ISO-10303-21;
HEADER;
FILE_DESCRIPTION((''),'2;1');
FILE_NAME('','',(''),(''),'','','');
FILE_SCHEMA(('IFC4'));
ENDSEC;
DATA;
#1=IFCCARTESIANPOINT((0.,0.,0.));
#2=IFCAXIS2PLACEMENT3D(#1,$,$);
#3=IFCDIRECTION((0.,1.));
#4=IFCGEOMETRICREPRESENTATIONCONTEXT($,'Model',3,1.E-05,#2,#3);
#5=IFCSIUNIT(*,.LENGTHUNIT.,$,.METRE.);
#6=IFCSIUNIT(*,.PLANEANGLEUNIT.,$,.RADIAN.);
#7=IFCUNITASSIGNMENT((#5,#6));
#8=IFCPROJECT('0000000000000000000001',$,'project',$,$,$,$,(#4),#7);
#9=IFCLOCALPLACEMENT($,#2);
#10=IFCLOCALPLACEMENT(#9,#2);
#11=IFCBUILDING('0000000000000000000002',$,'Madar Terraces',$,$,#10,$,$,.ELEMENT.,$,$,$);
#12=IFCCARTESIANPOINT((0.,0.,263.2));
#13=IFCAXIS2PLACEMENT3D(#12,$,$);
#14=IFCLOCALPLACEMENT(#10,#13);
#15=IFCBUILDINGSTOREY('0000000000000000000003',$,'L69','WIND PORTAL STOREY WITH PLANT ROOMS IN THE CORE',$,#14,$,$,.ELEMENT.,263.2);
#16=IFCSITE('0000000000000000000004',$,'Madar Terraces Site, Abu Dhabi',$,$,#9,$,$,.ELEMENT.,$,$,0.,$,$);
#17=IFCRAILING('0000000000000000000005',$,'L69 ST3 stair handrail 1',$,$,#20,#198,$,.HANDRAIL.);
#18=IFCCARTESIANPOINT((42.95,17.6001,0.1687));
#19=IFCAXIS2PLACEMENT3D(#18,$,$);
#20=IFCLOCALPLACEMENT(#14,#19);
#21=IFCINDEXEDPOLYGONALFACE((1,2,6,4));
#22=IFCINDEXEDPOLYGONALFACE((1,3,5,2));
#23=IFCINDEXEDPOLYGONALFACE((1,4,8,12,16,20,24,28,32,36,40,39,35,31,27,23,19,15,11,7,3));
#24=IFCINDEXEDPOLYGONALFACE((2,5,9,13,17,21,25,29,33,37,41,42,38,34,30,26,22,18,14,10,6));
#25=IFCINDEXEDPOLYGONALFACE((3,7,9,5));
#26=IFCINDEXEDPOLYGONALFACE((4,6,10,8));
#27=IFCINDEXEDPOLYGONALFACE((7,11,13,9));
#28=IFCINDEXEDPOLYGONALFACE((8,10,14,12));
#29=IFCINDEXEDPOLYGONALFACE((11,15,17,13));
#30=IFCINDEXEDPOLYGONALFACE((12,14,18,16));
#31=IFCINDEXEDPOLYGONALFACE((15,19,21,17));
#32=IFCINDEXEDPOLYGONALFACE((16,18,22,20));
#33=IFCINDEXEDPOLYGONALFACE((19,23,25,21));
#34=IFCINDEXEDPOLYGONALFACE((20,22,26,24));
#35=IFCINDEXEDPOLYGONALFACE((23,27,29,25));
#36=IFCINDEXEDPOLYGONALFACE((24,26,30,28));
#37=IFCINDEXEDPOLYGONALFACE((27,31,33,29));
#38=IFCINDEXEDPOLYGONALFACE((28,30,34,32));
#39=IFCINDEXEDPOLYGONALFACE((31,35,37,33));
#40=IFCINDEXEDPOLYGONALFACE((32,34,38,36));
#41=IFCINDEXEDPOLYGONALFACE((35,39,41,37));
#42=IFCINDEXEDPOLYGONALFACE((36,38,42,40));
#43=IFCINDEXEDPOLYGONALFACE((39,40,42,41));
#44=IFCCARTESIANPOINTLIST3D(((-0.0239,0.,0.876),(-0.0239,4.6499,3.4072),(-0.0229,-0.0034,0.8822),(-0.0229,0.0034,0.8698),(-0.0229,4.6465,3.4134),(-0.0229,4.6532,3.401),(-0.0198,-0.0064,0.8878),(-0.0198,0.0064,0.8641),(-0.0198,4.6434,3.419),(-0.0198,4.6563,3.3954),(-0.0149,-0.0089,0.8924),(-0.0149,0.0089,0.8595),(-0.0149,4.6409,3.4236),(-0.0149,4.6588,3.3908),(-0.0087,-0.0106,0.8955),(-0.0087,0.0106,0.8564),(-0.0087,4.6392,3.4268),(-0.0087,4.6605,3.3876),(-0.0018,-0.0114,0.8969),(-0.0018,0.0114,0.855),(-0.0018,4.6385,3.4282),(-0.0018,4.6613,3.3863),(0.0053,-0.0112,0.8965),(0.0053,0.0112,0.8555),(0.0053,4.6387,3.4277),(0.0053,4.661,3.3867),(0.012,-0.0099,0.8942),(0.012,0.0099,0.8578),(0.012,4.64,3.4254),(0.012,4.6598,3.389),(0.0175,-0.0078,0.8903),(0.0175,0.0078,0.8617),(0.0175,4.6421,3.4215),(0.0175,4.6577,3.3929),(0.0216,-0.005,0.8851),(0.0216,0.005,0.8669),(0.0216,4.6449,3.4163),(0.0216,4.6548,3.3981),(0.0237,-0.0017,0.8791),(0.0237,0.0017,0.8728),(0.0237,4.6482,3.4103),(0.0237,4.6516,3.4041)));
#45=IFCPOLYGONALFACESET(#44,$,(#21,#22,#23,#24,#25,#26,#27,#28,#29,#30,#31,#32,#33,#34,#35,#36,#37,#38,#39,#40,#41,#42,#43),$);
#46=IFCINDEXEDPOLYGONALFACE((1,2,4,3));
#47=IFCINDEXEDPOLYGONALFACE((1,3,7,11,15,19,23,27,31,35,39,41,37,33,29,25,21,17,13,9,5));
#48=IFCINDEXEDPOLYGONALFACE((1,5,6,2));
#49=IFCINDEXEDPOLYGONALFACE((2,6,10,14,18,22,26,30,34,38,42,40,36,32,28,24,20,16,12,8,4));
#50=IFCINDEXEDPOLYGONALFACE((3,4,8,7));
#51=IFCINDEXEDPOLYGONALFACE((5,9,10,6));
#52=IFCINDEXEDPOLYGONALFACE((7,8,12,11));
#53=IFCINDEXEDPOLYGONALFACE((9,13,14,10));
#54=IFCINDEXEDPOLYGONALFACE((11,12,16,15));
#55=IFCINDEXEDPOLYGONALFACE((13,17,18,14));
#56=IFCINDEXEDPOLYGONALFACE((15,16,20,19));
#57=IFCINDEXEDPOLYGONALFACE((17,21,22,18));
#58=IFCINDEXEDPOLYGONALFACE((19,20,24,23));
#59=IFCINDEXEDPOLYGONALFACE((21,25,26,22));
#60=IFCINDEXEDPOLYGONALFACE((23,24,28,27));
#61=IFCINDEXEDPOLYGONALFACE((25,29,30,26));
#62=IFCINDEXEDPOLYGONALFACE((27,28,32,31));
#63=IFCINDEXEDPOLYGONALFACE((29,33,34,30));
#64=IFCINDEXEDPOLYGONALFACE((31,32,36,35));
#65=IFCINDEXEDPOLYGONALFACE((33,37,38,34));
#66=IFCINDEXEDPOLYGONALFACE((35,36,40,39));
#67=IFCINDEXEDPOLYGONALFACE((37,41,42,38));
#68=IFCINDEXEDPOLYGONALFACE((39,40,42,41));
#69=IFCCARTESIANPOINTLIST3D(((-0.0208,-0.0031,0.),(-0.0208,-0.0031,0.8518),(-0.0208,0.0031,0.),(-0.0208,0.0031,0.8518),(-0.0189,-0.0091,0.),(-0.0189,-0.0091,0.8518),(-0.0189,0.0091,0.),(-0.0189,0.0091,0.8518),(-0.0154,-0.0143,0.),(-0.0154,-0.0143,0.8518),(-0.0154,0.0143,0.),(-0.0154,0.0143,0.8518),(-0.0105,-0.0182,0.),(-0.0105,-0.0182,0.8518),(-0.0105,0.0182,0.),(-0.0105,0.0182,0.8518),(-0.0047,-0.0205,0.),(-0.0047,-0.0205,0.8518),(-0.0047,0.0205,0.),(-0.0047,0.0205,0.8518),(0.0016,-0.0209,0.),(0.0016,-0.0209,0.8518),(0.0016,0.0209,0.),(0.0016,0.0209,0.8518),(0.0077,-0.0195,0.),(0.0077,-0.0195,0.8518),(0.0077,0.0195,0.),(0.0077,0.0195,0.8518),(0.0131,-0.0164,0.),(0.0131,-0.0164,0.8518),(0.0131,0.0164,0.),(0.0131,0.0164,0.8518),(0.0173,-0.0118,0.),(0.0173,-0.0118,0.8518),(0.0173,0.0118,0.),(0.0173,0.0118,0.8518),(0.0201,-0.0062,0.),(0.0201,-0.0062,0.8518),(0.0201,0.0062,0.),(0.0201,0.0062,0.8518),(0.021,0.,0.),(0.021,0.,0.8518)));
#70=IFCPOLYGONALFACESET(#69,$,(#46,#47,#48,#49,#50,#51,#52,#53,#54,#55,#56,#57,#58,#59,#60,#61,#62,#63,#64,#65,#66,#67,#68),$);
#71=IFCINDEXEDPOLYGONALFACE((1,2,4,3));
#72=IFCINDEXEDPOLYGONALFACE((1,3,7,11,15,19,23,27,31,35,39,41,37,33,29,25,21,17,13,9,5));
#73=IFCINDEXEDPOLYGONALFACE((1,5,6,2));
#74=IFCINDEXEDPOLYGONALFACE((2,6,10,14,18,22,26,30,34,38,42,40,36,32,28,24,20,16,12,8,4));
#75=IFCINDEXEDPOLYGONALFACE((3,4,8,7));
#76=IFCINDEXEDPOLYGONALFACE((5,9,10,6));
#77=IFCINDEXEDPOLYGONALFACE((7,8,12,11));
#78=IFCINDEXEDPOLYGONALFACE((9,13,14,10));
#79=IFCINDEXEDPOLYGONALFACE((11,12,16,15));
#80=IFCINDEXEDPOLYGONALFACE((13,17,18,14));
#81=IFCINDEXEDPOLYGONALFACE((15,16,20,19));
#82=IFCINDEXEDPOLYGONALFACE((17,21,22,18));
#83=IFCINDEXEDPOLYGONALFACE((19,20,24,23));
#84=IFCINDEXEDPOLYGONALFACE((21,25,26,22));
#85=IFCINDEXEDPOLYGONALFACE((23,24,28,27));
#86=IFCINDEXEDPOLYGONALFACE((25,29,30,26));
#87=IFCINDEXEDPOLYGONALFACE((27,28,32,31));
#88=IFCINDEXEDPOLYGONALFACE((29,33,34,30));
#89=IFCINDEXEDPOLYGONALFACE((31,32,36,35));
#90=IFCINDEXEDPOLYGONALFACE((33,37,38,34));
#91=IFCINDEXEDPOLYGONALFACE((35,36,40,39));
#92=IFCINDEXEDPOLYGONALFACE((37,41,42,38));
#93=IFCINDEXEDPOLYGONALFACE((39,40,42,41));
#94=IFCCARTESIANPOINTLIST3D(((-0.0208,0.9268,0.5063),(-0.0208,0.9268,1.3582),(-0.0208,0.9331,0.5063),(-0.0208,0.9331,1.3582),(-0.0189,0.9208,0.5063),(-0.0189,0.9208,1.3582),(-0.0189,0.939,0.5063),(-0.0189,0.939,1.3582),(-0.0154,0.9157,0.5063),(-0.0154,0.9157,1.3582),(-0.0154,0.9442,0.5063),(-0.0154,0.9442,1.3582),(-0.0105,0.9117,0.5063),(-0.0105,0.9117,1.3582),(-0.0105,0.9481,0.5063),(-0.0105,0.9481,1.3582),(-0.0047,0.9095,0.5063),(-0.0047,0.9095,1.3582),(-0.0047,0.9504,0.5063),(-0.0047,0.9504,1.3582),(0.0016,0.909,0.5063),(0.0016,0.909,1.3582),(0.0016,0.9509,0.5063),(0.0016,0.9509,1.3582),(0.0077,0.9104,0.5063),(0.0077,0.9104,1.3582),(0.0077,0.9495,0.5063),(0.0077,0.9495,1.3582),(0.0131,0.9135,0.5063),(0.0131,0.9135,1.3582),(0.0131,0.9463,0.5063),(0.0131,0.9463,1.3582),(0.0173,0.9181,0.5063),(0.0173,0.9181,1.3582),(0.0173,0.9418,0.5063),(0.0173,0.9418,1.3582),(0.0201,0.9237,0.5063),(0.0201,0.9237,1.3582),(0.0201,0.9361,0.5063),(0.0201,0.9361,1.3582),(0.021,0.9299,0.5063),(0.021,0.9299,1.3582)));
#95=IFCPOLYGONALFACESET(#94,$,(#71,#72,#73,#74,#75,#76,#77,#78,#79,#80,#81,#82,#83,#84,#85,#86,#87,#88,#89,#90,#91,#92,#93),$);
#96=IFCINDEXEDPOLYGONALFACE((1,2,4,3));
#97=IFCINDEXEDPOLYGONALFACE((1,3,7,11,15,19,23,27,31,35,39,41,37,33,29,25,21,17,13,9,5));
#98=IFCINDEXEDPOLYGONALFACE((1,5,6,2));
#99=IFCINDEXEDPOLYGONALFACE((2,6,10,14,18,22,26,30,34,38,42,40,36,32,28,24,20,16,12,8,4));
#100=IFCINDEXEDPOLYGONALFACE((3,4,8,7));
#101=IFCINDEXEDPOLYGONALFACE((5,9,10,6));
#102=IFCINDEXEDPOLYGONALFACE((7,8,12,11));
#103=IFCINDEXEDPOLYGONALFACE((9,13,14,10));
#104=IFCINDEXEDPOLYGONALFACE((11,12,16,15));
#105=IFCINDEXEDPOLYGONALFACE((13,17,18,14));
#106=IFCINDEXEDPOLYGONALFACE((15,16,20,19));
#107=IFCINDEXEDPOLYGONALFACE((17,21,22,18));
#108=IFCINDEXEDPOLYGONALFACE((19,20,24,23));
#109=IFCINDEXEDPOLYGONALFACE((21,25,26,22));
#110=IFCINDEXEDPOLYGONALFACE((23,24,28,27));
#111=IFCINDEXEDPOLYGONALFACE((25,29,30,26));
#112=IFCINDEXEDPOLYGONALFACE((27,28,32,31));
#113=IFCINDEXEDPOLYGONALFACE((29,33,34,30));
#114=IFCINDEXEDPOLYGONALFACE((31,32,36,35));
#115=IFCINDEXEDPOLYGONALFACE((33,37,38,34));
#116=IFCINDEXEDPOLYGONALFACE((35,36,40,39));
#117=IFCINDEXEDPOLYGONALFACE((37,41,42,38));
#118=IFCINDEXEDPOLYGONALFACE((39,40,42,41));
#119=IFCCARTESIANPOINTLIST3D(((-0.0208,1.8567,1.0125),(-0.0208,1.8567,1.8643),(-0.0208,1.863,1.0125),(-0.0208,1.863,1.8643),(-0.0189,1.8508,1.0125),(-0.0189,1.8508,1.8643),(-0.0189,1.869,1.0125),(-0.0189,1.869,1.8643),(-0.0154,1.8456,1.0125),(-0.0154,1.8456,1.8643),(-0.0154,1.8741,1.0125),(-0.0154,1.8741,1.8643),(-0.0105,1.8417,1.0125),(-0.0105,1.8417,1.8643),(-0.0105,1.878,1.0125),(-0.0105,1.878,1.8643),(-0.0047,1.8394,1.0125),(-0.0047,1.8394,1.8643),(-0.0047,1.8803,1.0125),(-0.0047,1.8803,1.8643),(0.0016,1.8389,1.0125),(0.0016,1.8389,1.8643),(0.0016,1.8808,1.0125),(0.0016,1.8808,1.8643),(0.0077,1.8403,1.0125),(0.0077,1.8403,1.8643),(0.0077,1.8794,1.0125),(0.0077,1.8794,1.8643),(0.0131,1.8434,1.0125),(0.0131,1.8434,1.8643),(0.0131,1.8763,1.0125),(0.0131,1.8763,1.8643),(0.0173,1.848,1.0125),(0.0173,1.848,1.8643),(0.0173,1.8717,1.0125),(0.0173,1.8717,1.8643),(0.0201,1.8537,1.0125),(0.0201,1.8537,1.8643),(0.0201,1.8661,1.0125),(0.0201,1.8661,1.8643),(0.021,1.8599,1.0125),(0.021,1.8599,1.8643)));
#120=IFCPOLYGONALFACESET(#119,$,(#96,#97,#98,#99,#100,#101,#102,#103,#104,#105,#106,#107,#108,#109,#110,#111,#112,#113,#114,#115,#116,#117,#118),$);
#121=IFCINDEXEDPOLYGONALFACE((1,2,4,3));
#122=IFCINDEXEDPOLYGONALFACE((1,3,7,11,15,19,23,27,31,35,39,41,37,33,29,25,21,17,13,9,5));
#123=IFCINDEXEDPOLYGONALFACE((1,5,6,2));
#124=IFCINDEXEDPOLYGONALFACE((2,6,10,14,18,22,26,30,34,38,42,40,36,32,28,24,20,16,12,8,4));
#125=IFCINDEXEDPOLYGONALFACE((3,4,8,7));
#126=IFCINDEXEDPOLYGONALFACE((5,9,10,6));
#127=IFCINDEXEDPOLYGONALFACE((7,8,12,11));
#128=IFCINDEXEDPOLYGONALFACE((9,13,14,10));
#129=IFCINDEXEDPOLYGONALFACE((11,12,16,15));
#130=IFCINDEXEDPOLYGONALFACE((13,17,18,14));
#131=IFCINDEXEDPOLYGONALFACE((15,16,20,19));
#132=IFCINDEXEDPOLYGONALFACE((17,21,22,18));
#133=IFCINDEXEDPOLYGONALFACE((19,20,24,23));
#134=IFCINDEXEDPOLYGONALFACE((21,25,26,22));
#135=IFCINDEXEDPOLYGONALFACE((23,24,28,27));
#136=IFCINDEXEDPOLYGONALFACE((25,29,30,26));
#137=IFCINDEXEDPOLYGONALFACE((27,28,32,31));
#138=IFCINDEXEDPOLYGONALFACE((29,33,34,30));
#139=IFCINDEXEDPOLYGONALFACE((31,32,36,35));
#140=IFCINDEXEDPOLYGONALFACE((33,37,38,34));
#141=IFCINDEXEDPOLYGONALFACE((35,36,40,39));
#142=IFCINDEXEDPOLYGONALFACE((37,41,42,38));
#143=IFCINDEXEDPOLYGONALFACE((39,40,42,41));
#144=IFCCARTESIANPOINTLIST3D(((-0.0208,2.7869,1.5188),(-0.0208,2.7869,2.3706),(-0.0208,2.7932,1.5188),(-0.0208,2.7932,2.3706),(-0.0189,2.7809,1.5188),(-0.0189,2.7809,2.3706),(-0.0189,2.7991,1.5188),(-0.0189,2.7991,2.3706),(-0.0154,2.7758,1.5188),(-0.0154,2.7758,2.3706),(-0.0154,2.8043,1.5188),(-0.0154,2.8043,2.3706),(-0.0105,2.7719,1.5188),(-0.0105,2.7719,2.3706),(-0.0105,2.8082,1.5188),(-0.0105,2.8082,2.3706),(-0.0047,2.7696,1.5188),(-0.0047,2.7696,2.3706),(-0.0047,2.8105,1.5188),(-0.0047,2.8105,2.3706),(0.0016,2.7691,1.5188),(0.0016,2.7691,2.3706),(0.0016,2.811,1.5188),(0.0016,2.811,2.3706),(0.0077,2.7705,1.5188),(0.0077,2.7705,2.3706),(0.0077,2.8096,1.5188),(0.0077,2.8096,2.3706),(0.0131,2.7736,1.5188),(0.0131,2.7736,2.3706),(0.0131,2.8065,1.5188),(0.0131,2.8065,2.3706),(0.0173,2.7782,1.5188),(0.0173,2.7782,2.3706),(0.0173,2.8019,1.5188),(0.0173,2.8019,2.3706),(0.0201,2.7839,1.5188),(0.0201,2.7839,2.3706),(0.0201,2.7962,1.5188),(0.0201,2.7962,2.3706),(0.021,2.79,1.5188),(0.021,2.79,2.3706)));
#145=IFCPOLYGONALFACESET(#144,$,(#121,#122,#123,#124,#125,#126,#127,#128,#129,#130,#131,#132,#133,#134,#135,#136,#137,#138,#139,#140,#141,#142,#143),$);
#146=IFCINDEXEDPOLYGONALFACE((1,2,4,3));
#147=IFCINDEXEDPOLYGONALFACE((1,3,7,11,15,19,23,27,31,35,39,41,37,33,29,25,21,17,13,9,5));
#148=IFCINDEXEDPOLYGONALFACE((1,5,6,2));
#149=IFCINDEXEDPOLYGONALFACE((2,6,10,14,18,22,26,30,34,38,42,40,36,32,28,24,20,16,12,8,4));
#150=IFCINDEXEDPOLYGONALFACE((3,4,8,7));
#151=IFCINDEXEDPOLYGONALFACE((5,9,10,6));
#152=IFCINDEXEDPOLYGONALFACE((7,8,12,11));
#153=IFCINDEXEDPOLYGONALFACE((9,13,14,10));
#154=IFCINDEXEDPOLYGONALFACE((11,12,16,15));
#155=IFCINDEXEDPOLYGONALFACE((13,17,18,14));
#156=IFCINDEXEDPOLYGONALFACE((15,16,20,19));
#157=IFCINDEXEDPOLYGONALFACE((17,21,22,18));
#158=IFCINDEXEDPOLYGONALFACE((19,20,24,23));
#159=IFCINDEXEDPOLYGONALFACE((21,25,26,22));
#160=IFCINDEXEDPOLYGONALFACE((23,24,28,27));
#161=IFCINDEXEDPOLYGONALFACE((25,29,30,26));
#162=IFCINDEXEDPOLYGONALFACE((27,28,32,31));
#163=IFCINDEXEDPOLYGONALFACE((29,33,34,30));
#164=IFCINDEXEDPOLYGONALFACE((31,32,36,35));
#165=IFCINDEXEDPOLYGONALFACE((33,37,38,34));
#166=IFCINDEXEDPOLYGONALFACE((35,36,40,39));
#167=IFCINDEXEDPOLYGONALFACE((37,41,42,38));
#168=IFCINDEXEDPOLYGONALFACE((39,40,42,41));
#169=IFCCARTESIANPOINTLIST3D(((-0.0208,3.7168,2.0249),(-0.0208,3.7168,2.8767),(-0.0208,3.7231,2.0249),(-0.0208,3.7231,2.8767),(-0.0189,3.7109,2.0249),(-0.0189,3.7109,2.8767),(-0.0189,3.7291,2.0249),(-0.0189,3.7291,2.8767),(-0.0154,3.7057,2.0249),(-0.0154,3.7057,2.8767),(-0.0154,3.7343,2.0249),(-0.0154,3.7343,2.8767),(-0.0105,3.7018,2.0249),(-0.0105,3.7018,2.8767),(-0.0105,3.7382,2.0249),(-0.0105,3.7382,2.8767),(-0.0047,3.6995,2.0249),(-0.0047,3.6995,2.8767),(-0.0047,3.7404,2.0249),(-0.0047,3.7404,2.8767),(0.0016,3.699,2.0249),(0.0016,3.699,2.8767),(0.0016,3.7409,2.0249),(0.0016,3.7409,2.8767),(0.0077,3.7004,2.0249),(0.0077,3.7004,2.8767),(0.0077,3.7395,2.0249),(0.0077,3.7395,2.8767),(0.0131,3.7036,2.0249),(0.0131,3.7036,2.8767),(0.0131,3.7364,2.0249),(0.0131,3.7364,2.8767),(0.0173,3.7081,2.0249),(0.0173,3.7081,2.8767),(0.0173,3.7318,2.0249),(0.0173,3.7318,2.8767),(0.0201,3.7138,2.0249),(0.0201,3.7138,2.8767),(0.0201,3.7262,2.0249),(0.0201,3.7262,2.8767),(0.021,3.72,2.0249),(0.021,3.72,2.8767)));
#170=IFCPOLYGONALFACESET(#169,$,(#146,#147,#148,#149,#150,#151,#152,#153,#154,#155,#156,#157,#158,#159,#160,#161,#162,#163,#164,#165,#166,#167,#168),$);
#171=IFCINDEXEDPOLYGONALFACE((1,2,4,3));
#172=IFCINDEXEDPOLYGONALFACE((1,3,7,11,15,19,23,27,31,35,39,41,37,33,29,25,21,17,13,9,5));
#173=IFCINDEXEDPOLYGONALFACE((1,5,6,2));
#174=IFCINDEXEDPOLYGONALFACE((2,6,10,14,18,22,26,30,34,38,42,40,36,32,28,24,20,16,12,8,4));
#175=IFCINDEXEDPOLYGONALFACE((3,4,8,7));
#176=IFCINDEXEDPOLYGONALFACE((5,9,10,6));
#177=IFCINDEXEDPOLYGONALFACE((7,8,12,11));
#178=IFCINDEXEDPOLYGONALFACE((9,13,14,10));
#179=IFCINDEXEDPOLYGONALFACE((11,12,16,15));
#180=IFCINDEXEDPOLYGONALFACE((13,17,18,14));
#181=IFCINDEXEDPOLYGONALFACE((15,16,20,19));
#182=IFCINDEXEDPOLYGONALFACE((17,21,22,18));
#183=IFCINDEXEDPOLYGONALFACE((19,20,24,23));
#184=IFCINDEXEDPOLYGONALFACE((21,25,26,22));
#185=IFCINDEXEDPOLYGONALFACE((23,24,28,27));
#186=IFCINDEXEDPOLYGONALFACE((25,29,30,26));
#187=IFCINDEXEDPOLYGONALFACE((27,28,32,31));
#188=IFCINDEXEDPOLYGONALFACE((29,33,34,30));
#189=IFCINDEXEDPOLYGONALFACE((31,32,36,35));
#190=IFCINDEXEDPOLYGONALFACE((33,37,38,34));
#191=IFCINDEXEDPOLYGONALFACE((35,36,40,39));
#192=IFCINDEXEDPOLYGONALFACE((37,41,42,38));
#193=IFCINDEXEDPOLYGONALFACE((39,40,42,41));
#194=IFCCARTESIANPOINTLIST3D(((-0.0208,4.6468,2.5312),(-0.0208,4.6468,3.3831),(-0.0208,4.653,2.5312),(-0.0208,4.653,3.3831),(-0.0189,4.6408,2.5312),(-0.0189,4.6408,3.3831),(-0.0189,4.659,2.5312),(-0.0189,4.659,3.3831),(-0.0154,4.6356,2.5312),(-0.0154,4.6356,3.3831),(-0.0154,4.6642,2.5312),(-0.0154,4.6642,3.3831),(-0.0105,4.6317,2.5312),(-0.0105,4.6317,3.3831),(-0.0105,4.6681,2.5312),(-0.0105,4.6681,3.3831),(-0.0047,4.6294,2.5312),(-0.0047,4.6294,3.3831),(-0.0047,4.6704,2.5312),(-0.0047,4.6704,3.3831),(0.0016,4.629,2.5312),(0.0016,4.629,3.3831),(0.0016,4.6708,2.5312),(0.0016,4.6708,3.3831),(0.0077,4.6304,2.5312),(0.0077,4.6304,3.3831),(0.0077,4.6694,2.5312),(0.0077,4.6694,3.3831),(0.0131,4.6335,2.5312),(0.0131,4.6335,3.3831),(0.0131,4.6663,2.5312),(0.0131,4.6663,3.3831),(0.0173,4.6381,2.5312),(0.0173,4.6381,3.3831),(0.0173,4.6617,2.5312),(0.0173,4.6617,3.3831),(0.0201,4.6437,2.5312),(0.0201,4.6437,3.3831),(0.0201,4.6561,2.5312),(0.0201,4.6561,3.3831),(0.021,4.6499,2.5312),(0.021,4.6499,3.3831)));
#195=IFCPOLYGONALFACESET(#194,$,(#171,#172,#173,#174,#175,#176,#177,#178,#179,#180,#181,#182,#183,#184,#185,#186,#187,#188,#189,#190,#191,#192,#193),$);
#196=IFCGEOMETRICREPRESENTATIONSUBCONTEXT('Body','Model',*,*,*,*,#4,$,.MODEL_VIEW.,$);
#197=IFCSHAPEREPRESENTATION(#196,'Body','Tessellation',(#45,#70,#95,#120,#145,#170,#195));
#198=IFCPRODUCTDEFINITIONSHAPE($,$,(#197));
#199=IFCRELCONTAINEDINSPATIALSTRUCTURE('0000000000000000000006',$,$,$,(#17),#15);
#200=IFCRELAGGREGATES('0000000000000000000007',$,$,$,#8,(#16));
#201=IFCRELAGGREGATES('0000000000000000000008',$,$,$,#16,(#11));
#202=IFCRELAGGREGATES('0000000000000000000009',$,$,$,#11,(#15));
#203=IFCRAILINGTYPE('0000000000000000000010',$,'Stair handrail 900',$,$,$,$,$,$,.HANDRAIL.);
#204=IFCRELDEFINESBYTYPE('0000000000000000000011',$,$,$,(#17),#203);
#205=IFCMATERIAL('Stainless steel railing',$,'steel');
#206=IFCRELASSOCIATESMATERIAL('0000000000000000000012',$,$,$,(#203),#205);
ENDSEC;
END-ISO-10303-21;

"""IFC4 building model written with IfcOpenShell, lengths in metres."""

from ifc_helpers import new_model, si_unit, direction, frame, origin, origin_2d, place, context, subcontext, project, spatial, circle, extrude, material, type_object, element, save


model = new_model("IFC4")

# Units and contexts
model_context = context("Model", 3, precision=1e-05, world=origin(), true_north=direction((0.0, 1.0)))
body_context = subcontext(model_context, "Body", "Model", "MODEL_VIEW")
ifc_project = project(units=[si_unit("LENGTHUNIT", "METRE"), si_unit("PLANEANGLEUNIT", "RADIAN")], contexts=[model_context])

# Site, building, storey
site_placement = place(None, origin())
site = spatial("IfcSite", under=ifc_project, at=site_placement, Name="Madar Terraces Site, Abu Dhabi", CompositionType="ELEMENT", RefElevation=0.0)
building_placement = place(site_placement, origin())
building = spatial("IfcBuilding", under=site, at=building_placement, Name="Madar Terraces", CompositionType="ELEMENT")
storey_placement = place(building_placement, frame((0.0, 0.0, 263.2)))
storey = spatial("IfcBuildingStorey", under=building, at=storey_placement, Name="L69", Description="WIND PORTAL STOREY WITH PLANT ROOMS IN THE CORE", CompositionType="ELEMENT", Elevation=263.2)

# Railing
ifc_material_1 = material(Name="Stainless steel railing", Category="steel")
railing_type_1 = type_object("IfcRailingType", Name="Stair handrail 900", PredefinedType="HANDRAIL", material=ifc_material_1)
railing_1_placement = place(storey_placement, frame((42.95, 17.6001, 0.1687)))
element("IfcRailing", 1, at=railing_1_placement, inside=storey, type_object=railing_type_1, Name="L69 ST3 stair handrail 1", PredefinedType="HANDRAIL", context=body_context, shape_type="SweptSolid", body=[
    extrude(circle(Radius=0.0239, at=origin_2d()), frame((0.0, 0.0, 0.876), z_axis=(0.0, 0.878297, 0.478115), x_axis=(-1.0, 0.0, 0.0)), (0.0, 0.0, 1.0), 5.2942),
    extrude(circle(Radius=0.021, at=origin_2d()), origin(), (0.0, 0.0, 1.0), 0.8518),
    extrude(circle(Radius=0.021, at=origin_2d()), frame((0.0, 0.9299, 0.5063)), (0.0, 0.0, 1.0), 0.8518),
    extrude(circle(Radius=0.021, at=origin_2d()), frame((0.0, 1.8599, 1.0125)), (0.0, 0.0, 1.0), 0.8518),
    extrude(circle(Radius=0.021, at=origin_2d()), frame((0.0, 2.79, 1.5188)), (0.0, 0.0, 1.0), 0.8518),
    extrude(circle(Radius=0.021, at=origin_2d()), frame((0.0, 3.72, 2.0249)), (0.0, 0.0, 1.0), 0.8518),
    extrude(circle(Radius=0.021, at=origin_2d()), frame((0.0, 4.6499, 2.5312)), (0.0, 0.0, 1.0), 0.8518),
])

save(model, "model.ifc")
